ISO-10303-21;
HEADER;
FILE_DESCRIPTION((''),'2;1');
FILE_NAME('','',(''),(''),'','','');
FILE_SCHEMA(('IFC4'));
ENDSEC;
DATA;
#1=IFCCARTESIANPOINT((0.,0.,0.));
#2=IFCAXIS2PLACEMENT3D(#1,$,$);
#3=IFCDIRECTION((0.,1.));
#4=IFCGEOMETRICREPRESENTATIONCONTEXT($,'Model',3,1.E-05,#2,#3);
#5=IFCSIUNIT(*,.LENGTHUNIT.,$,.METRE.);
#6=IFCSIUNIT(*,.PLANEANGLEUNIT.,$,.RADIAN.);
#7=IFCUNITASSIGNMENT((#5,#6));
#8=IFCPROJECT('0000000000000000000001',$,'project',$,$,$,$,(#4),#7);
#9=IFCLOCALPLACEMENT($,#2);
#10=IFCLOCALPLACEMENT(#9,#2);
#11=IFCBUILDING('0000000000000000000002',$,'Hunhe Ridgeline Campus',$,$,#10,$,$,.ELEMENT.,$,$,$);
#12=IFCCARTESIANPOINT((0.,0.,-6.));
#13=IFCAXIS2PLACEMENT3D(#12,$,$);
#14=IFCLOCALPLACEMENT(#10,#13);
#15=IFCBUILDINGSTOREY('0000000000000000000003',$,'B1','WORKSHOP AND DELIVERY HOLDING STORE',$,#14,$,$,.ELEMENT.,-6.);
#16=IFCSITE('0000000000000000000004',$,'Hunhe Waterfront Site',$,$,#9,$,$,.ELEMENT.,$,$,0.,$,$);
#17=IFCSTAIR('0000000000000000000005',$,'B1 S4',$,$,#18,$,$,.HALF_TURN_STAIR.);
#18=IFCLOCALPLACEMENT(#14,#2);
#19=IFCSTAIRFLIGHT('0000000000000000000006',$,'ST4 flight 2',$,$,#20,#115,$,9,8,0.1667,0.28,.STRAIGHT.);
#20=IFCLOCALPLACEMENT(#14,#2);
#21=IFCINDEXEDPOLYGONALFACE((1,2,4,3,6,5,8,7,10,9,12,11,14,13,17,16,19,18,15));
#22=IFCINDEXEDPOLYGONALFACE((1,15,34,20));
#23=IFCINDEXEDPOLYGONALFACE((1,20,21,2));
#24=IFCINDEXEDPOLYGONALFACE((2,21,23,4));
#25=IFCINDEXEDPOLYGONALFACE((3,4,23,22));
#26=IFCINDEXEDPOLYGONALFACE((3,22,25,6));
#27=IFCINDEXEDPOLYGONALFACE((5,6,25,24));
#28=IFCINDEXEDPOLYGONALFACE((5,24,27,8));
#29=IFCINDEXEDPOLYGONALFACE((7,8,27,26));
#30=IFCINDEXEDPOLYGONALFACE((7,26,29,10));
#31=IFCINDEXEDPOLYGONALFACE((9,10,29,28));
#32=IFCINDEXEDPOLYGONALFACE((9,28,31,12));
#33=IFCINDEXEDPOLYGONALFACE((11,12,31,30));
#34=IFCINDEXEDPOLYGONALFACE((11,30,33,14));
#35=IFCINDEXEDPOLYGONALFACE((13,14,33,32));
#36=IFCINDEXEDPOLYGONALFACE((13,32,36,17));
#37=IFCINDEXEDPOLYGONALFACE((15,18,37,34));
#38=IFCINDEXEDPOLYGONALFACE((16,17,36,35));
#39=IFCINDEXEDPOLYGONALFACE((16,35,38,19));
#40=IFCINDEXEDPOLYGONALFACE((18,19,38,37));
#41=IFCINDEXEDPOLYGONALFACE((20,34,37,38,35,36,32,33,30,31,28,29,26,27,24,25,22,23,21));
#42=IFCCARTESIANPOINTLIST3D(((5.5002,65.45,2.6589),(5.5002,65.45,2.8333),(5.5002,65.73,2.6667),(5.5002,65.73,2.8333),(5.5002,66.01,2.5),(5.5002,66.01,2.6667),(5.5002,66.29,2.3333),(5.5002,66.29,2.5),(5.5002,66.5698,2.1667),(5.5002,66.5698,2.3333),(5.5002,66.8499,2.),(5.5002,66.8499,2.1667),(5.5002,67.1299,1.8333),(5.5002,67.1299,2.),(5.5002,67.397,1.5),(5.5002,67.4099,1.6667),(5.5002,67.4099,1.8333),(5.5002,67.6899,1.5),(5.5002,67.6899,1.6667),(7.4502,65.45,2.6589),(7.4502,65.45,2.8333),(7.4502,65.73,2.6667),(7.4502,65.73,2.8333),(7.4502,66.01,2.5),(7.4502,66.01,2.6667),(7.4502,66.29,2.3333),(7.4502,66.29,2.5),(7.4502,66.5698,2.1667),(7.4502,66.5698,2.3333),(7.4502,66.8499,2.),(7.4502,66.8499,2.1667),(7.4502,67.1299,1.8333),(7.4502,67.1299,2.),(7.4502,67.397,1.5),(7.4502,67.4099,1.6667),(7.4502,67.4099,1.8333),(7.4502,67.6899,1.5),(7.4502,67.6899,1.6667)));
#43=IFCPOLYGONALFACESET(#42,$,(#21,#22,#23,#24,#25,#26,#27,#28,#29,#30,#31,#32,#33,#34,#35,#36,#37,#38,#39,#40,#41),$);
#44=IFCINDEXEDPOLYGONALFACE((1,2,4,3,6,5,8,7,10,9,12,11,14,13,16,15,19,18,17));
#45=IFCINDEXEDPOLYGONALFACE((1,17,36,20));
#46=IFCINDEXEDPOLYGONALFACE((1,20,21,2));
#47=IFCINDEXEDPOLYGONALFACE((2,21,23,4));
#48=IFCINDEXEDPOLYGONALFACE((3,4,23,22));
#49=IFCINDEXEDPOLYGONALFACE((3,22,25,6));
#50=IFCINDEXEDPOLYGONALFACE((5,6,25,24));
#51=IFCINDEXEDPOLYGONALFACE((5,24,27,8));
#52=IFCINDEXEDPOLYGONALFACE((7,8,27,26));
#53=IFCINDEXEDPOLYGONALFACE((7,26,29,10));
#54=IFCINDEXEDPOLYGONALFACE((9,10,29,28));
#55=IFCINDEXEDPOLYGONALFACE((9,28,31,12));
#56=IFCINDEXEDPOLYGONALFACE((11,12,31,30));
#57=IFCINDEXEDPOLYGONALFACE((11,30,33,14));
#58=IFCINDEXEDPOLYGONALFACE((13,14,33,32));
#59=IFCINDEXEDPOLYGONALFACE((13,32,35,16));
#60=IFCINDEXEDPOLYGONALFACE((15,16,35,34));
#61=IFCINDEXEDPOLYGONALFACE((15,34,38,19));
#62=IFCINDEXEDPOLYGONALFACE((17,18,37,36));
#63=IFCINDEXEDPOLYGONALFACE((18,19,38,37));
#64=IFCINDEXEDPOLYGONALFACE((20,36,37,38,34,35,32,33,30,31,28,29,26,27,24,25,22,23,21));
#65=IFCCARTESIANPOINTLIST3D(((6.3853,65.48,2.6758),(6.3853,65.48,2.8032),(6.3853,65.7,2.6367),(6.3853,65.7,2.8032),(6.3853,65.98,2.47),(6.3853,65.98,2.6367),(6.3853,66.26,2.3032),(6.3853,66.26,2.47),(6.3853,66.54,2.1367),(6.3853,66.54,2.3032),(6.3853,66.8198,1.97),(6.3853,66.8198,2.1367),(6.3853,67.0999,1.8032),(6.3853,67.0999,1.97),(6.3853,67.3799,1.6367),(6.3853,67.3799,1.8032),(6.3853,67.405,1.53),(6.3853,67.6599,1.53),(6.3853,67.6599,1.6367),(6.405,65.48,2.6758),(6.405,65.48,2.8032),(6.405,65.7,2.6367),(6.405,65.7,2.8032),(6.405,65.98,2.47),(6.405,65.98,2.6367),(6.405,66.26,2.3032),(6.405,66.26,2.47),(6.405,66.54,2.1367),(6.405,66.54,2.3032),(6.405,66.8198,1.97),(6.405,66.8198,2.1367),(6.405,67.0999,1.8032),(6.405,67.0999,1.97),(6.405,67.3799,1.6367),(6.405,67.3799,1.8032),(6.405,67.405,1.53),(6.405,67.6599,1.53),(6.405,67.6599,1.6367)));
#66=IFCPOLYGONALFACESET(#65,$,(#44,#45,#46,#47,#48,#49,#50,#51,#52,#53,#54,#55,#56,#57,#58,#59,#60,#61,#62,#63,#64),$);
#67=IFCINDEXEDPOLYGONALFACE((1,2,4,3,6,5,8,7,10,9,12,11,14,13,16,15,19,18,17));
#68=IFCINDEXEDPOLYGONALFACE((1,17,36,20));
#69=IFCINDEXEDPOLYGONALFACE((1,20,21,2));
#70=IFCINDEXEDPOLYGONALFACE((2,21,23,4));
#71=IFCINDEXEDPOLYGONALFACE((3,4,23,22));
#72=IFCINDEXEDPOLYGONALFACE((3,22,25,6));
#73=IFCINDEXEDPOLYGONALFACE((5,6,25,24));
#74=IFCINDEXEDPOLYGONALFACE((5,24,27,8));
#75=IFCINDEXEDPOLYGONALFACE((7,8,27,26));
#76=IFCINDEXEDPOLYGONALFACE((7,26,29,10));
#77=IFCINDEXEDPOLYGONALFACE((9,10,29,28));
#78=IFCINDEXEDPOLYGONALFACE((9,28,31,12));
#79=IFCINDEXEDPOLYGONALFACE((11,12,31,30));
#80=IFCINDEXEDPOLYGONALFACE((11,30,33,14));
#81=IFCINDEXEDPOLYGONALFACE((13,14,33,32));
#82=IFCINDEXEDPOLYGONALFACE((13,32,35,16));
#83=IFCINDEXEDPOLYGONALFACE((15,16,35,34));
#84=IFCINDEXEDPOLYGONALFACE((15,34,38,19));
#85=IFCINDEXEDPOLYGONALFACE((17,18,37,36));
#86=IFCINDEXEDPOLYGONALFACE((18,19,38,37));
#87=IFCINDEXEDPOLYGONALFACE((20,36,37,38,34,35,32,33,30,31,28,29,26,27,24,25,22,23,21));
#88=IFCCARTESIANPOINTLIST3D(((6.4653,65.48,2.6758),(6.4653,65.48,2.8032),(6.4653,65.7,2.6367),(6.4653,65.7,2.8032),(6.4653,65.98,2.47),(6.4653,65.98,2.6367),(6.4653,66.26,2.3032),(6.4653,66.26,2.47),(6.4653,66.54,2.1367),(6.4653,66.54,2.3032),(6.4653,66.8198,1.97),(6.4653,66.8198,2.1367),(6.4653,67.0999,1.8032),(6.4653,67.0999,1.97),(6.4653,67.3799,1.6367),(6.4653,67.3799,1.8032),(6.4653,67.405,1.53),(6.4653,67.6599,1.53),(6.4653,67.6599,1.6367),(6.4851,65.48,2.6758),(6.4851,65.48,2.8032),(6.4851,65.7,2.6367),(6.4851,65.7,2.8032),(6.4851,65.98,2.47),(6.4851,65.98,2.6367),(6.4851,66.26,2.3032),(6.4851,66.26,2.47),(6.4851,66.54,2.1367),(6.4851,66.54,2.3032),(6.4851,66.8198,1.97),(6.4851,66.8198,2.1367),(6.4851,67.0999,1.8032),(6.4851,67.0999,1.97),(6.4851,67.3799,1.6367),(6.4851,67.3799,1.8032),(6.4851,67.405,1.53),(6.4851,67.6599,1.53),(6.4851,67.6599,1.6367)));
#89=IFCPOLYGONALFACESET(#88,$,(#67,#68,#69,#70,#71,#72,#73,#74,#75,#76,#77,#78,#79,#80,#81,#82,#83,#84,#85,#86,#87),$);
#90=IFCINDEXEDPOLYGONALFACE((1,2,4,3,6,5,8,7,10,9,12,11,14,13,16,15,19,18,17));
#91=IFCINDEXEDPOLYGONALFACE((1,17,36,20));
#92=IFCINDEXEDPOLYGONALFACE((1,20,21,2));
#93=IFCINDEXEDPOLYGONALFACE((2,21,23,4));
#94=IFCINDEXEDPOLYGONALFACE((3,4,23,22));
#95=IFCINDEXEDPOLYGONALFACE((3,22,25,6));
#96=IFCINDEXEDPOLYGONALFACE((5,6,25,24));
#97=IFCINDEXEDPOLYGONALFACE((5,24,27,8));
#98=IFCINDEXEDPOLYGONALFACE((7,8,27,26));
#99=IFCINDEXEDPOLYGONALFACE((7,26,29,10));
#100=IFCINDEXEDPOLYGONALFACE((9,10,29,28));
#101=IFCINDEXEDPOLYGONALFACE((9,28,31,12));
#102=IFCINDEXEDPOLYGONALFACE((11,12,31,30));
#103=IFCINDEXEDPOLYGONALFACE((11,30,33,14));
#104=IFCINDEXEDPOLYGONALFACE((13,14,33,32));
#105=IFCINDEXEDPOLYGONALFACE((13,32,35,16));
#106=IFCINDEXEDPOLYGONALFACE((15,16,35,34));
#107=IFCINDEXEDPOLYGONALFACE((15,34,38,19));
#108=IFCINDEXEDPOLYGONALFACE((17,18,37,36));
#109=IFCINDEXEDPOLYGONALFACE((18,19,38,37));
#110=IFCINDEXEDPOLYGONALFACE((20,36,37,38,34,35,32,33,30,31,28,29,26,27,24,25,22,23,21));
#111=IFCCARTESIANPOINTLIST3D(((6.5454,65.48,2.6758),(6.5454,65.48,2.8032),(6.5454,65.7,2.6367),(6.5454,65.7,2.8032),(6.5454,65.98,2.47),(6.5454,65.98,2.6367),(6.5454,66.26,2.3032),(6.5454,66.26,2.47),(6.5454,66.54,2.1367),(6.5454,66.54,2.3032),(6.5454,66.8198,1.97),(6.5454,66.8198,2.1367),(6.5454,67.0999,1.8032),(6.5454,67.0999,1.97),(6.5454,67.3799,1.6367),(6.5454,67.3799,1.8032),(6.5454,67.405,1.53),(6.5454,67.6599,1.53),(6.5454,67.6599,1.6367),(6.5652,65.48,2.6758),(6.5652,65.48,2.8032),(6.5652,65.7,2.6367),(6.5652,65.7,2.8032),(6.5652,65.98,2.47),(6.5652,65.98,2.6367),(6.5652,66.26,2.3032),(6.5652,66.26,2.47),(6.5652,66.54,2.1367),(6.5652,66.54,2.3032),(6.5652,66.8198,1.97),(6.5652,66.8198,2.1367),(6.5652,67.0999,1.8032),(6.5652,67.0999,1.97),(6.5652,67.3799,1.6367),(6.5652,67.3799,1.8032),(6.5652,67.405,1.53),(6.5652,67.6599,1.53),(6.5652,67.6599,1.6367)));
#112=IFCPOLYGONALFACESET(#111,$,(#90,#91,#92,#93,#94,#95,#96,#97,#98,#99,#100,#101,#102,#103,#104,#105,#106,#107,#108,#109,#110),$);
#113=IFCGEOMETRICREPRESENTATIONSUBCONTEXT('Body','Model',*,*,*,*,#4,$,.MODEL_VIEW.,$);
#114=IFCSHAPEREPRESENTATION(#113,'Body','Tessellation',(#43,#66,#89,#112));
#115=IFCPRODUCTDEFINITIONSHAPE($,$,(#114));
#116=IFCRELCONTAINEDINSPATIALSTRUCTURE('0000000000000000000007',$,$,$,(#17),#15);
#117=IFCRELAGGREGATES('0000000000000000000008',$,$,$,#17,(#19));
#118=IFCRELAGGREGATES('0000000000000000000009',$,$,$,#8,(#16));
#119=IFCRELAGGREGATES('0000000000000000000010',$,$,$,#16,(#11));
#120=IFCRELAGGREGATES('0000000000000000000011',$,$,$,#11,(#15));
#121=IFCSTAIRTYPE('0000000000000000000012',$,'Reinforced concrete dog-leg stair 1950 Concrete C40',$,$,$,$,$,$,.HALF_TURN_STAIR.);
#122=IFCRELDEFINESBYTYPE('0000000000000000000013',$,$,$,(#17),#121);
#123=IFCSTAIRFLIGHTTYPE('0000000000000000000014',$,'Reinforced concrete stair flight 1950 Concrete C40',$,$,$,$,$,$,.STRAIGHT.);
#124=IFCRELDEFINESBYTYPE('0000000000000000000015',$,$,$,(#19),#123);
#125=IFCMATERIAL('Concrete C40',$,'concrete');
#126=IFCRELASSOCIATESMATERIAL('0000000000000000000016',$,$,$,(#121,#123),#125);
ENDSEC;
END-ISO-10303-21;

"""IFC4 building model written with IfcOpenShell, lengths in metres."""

from ifc_helpers import new_model, si_unit, direction, frame, origin, place, context, subcontext, project, spatial, polyline, outline, extrude, material, type_object, element, aggregate, save


model = new_model("IFC4")

# Units and contexts
model_context = context("Model", 3, precision=1e-05, world=origin(), true_north=direction((0.0, 1.0)))
body_context = subcontext(model_context, "Body", "Model", "MODEL_VIEW")
ifc_project = project(units=[si_unit("LENGTHUNIT", "METRE"), si_unit("PLANEANGLEUNIT", "RADIAN")], contexts=[model_context])

# Site, building, storey
site_placement = place(None, origin())
site = spatial("IfcSite", under=ifc_project, at=site_placement, Name="Hunhe Waterfront Site", CompositionType="ELEMENT", RefElevation=0.0)
building_placement = place(site_placement, origin())
building = spatial("IfcBuilding", under=site, at=building_placement, Name="Hunhe Ridgeline Campus", CompositionType="ELEMENT")
storey_placement = place(building_placement, frame((0.0, 0.0, -6.0)))
storey = spatial("IfcBuildingStorey", under=building, at=storey_placement, Name="B1", Description="WORKSHOP AND DELIVERY HOLDING STORE", CompositionType="ELEMENT", Elevation=-6.0)

# Stair, stair flight
ifc_material_1 = material(Name="Concrete C40", Category="concrete")
stair_type = type_object("IfcStairType", Name="Reinforced concrete dog-leg stair 1950 Concrete C40", PredefinedType="HALF_TURN_STAIR", material=ifc_material_1)
stair_flight_type = type_object("IfcStairFlightType", Name="Reinforced concrete stair flight 1950 Concrete C40", PredefinedType="STRAIGHT", material=ifc_material_1)
stair_1_placement = place(storey_placement, origin())
stair_1 = element("IfcStair", 1, at=stair_1_placement, inside=storey, type_object=stair_type, Name="B1 S4", PredefinedType="HALF_TURN_STAIR")
stair_flight_1_placement = place(storey_placement, frame((6.4751, 67.6899, 1.5), z_axis=(0.0, 0.0, 1.0), x_axis=(0.0, -1.0, 0.0)))
stair_flight_1 = element("IfcStairFlight", 2, at=stair_flight_1_placement, type_object=stair_flight_type, Name="ST4 flight 2", NumberOfRisers=9, NumberOfTreads=8, PredefinedType="STRAIGHT", RiserHeight=0.1667, TreadLength=0.28, context=body_context, shape_type="SweptSolid", body=[
    extrude(outline(polyline([(0.0, 0.0), (0.0, 0.1667), (0.28, 0.1667), (0.28, 0.3333), (0.5601, 0.3333), (0.5601, 0.5), (0.8401, 0.5), (0.8401, 0.6667), (1.1201, 0.6667), (1.1201, 0.8333), (1.3999, 0.8333), (1.3999, 1.0), (1.6799, 1.0), (1.6799, 1.1667), (1.96, 1.1667), (1.96, 1.3333), (2.24, 1.3333), (2.24, 1.5), (2.24, 1.1589), (0.293, 0.0), (0.0, 0.0)])), frame((0.0, 0.9751, 0.0), z_axis=(0.0, -1.0, 0.0), x_axis=(1.0, 0.0, 0.0)), (0.0, 0.0, 1.0), 1.95),
    extrude(outline(polyline([(0.03, 0.03), (0.03, 0.1367), (0.3101, 0.1367), (0.3101, 0.3032), (0.5901, 0.3032), (0.5901, 0.47), (0.8701, 0.47), (0.8701, 0.6367), (1.1499, 0.6367), (1.1499, 0.8032), (1.4299, 0.8032), (1.4299, 0.97), (1.71, 0.97), (1.71, 1.1367), (1.99, 1.1367), (1.99, 1.3032), (2.21, 1.3032), (2.21, 1.1758), (0.2849, 0.03), (0.03, 0.03)])), frame((0.0, -0.0701, 0.0), z_axis=(0.0, -1.0, 0.0), x_axis=(1.0, 0.0, 0.0)), (0.0, 0.0, 1.0), 0.0198),
    extrude(outline(polyline([(0.03, 0.03), (0.03, 0.1367), (0.3101, 0.1367), (0.3101, 0.3032), (0.5901, 0.3032), (0.5901, 0.47), (0.8701, 0.47), (0.8701, 0.6367), (1.1499, 0.6367), (1.1499, 0.8032), (1.4299, 0.8032), (1.4299, 0.97), (1.71, 0.97), (1.71, 1.1367), (1.99, 1.1367), (1.99, 1.3032), (2.21, 1.3032), (2.21, 1.1758), (0.2849, 0.03), (0.03, 0.03)])), frame((0.0, 0.01, 0.0), z_axis=(0.0, -1.0, 0.0), x_axis=(1.0, 0.0, 0.0)), (0.0, 0.0, 1.0), 0.0198),
    extrude(outline(polyline([(0.03, 0.03), (0.03, 0.1367), (0.3101, 0.1367), (0.3101, 0.3032), (0.5901, 0.3032), (0.5901, 0.47), (0.8701, 0.47), (0.8701, 0.6367), (1.1499, 0.6367), (1.1499, 0.8032), (1.4299, 0.8032), (1.4299, 0.97), (1.71, 0.97), (1.71, 1.1367), (1.99, 1.1367), (1.99, 1.3032), (2.21, 1.3032), (2.21, 1.1758), (0.2849, 0.03), (0.03, 0.03)])), frame((0.0, 0.0901, 0.0), z_axis=(0.0, -1.0, 0.0), x_axis=(1.0, 0.0, 0.0)), (0.0, 0.0, 1.0), 0.0198),
])
aggregate(stair_1, [stair_flight_1])

save(model, "model.ifc")
